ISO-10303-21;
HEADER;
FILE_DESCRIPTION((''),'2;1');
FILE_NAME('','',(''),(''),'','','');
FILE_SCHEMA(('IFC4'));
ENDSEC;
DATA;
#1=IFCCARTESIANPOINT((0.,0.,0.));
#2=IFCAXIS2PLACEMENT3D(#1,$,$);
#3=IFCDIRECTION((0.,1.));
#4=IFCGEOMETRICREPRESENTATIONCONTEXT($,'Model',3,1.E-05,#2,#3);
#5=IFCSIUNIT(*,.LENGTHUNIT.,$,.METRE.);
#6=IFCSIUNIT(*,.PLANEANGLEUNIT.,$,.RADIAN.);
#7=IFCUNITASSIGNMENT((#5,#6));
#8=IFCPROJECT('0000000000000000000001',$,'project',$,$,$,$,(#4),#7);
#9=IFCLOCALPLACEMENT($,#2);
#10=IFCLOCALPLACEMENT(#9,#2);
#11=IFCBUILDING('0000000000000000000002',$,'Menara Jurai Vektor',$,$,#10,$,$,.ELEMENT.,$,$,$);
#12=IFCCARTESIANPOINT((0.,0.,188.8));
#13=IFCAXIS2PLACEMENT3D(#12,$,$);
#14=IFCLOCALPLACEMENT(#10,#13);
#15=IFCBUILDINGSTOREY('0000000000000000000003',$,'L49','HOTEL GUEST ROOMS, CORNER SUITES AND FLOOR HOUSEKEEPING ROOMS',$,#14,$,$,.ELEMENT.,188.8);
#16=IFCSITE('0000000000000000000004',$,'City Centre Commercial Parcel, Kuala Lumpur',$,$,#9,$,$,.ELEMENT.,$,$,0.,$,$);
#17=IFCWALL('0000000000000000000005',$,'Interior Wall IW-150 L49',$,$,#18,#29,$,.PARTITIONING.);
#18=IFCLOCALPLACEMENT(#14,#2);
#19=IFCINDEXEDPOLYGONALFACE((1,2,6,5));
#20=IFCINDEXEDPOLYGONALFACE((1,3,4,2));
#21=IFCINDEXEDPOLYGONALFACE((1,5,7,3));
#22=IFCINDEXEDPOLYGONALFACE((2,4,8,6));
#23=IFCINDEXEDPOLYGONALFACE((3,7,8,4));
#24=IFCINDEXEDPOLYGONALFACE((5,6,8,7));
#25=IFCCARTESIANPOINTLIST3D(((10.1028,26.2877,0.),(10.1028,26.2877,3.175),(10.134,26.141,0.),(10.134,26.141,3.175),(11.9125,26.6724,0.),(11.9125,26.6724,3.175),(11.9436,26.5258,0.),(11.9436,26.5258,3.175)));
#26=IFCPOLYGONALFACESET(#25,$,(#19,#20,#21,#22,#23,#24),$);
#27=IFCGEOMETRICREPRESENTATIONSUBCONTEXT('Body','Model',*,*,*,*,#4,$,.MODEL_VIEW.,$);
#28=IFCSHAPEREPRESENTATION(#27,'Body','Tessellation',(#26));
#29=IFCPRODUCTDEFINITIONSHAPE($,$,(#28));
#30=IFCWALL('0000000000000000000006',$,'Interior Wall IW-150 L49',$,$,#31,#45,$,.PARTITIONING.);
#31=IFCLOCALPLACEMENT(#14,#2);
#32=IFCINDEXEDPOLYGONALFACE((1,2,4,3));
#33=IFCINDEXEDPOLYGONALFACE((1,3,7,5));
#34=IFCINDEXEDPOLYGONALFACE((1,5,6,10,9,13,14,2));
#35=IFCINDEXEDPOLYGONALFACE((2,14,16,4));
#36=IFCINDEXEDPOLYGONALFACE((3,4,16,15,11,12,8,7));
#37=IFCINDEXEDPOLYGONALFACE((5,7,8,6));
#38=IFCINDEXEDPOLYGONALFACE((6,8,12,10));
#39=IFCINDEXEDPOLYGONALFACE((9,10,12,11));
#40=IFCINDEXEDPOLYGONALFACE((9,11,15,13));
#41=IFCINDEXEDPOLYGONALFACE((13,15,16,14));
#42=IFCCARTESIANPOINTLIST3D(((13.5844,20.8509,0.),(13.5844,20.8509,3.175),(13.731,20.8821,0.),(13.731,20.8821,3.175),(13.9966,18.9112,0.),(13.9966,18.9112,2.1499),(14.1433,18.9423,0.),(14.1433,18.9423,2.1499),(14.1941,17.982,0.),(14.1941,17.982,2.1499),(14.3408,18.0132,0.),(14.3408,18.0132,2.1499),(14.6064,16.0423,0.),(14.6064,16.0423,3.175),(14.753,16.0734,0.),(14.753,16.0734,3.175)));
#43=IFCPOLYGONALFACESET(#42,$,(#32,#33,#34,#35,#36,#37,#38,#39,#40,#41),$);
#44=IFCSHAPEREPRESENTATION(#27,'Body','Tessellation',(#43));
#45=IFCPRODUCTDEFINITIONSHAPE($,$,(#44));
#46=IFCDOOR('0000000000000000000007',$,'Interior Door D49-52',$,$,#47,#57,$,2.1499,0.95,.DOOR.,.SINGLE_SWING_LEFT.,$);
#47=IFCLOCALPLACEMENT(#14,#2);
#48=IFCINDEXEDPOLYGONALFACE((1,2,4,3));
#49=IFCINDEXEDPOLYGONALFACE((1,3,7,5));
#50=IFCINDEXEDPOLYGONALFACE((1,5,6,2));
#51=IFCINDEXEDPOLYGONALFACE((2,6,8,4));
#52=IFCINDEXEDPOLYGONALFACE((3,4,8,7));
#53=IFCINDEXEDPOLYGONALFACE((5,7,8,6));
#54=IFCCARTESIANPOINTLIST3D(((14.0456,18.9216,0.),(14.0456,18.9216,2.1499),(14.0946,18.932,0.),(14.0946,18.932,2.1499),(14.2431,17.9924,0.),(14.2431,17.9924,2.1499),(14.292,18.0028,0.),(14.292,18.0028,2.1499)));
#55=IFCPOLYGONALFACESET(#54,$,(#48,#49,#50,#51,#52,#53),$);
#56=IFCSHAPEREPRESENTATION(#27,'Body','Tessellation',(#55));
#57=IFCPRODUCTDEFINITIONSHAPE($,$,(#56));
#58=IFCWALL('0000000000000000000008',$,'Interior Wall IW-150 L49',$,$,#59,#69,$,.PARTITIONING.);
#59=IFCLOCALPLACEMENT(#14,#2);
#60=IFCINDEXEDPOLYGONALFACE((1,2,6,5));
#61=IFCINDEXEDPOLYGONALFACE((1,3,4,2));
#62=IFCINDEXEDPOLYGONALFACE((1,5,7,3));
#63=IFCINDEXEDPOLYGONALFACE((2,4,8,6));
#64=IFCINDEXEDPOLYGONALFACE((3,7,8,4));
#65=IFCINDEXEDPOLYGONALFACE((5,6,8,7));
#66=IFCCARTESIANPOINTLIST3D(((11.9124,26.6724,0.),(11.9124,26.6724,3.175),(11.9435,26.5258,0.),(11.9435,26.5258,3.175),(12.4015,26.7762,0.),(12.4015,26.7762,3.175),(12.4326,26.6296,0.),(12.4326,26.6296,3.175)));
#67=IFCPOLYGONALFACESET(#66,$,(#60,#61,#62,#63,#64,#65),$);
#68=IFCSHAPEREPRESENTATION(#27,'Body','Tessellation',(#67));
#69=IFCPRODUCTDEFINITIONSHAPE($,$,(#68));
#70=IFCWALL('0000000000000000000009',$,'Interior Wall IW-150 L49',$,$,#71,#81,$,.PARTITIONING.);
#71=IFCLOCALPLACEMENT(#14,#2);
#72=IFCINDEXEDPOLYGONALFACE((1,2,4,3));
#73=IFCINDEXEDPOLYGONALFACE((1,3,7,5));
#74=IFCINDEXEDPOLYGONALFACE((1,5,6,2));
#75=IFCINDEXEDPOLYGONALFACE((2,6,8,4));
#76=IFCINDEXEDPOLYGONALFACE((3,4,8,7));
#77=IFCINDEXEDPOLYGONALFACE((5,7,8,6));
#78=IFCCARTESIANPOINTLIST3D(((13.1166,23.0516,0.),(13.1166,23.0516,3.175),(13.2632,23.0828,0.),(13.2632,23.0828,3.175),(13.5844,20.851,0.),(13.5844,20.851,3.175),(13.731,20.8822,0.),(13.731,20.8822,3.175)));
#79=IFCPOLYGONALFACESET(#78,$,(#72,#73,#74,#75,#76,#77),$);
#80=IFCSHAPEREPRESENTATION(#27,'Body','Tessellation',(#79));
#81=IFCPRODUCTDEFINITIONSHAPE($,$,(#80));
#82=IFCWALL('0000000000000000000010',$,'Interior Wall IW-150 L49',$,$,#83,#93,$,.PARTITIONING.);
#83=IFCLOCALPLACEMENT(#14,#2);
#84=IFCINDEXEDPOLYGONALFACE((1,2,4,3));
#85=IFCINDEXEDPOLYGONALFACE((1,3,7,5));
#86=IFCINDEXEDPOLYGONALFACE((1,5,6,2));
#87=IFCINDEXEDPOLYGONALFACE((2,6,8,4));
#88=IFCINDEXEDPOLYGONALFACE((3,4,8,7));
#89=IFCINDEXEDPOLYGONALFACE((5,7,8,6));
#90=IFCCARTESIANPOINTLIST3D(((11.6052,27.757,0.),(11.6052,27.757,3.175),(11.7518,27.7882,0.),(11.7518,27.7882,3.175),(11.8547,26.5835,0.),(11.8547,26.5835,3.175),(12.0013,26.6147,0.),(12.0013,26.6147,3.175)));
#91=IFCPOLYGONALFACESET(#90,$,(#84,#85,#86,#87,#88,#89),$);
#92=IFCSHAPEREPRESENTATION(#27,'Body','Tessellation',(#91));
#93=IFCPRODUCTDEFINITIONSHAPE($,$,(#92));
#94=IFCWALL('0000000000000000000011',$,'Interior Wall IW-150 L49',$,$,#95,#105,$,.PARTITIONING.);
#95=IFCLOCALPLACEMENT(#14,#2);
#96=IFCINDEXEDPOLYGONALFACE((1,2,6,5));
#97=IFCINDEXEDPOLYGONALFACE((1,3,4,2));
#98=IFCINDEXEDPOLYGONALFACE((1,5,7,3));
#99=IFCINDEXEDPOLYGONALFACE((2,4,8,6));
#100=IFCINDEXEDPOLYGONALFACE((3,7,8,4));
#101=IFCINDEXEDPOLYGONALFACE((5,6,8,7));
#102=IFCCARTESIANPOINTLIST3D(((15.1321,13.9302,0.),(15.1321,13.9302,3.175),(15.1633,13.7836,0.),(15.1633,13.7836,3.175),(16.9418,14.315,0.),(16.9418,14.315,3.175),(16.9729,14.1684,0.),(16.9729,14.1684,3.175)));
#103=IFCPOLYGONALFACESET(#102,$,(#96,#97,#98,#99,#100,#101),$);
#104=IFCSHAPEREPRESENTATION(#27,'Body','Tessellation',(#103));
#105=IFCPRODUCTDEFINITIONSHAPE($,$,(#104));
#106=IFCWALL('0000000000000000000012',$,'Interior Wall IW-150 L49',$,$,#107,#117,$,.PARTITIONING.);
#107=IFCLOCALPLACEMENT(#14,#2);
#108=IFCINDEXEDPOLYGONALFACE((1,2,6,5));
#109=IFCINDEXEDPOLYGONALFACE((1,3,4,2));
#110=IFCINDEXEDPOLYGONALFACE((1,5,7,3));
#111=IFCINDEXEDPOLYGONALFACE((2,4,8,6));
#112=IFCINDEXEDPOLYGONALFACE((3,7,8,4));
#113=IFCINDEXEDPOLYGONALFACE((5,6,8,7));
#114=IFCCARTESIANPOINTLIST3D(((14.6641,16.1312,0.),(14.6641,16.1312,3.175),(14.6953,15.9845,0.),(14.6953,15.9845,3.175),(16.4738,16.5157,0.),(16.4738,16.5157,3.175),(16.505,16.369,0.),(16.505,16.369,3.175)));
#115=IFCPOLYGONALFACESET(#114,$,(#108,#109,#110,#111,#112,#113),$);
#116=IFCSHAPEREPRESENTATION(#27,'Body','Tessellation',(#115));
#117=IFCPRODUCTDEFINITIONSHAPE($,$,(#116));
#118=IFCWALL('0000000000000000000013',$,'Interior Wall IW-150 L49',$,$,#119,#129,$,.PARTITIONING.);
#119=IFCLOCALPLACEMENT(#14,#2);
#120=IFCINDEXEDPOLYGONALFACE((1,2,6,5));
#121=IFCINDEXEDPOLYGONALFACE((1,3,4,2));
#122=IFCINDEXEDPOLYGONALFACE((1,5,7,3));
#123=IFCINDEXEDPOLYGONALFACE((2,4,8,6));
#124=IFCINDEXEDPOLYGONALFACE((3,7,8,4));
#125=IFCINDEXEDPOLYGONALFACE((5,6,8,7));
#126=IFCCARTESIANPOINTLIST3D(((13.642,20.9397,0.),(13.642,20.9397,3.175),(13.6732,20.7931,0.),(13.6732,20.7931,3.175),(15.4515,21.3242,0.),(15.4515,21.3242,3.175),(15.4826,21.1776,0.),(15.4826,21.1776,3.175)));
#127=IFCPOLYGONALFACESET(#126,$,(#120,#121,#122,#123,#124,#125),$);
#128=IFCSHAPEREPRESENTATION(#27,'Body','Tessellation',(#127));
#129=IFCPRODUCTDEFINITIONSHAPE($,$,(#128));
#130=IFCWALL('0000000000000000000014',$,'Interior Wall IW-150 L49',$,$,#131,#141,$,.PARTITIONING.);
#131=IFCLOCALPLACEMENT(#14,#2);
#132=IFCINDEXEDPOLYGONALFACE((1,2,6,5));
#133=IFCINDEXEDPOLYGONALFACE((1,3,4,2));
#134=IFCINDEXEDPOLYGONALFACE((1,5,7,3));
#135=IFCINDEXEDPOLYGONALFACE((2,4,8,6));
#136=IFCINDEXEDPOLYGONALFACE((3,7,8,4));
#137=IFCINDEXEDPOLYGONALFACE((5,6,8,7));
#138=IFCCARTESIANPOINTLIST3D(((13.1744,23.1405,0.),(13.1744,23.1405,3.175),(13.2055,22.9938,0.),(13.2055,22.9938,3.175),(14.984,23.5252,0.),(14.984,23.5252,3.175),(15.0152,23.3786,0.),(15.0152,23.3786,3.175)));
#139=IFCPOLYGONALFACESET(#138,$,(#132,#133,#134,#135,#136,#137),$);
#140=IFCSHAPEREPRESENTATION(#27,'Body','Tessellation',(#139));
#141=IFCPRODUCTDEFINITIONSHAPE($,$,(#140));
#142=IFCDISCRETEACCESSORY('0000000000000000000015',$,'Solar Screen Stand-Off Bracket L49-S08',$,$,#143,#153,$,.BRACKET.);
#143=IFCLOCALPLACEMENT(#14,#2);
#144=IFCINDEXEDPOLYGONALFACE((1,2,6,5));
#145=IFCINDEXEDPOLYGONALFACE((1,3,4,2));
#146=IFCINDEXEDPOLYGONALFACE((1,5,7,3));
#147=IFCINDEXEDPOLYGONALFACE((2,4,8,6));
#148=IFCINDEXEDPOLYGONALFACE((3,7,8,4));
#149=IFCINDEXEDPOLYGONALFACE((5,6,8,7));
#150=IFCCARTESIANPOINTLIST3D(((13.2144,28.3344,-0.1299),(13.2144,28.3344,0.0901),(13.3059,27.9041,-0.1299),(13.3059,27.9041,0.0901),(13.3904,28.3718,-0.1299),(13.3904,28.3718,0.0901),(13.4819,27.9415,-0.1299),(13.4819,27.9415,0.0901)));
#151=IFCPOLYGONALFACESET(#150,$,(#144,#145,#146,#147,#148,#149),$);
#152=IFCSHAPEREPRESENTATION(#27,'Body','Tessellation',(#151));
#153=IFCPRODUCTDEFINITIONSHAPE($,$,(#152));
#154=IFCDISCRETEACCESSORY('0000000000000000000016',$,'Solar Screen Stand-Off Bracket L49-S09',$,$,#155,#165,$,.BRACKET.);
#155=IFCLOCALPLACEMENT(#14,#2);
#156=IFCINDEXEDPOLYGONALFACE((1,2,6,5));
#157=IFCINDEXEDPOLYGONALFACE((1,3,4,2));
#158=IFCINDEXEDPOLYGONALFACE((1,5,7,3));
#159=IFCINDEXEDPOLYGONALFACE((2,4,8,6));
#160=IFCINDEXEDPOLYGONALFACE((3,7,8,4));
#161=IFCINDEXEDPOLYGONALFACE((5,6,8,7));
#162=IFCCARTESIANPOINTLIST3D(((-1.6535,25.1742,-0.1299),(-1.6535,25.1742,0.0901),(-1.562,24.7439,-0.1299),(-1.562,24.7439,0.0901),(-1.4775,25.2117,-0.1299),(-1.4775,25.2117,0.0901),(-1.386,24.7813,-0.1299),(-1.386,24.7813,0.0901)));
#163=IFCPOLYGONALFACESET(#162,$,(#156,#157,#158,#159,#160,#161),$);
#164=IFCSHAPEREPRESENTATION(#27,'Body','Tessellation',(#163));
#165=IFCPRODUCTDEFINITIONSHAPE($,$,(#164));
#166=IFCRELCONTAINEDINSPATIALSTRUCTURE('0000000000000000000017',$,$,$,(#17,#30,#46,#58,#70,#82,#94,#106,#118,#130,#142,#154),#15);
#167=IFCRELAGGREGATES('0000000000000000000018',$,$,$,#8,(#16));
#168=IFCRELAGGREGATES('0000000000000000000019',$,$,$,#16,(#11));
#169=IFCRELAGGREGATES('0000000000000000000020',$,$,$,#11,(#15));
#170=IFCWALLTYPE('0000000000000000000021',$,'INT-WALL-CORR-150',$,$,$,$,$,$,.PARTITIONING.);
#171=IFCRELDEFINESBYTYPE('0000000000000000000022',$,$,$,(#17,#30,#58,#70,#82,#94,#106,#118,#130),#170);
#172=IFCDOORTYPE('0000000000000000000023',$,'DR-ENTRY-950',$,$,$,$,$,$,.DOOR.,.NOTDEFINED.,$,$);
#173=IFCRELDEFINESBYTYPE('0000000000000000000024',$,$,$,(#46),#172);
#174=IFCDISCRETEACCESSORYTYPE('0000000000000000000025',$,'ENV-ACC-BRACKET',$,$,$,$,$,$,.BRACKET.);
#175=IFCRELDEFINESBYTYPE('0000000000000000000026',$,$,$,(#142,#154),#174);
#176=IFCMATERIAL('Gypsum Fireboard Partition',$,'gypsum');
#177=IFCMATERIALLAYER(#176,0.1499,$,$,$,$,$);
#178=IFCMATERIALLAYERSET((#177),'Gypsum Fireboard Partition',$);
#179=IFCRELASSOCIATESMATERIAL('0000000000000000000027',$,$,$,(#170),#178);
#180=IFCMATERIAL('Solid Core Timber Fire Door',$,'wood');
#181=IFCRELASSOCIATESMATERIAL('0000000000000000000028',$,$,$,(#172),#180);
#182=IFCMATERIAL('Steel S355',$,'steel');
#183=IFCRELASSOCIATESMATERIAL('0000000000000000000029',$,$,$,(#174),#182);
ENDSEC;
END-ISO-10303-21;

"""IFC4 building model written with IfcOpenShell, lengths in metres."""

from ifc_helpers import new_model, si_unit, direction, frame, frame_2d, origin, origin_2d, place, context, subcontext, project, spatial, rectangle, extrude, material, layer, layer_set, type_object, element, fill, save


model = new_model("IFC4")

# Units and contexts
model_context = context("Model", 3, precision=1e-05, world=origin(), true_north=direction((0.0, 1.0)))
body_context = subcontext(model_context, "Body", "Model", "MODEL_VIEW")
ifc_project = project(units=[si_unit("LENGTHUNIT", "METRE"), si_unit("PLANEANGLEUNIT", "RADIAN")], contexts=[model_context])

# Site, building, storey
site_placement = place(None, origin())
site = spatial("IfcSite", under=ifc_project, at=site_placement, Name="City Centre Commercial Parcel, Kuala Lumpur", CompositionType="ELEMENT", RefElevation=0.0)
building_placement = place(site_placement, origin())
building = spatial("IfcBuilding", under=site, at=building_placement, Name="Menara Jurai Vektor", CompositionType="ELEMENT")
storey_placement = place(building_placement, frame((0.0, 0.0, 188.8)))
storey = spatial("IfcBuildingStorey", under=building, at=storey_placement, Name="L49", Description="HOTEL GUEST ROOMS, CORNER SUITES AND FLOOR HOUSEKEEPING ROOMS", CompositionType="ELEMENT", Elevation=188.8)

# Shared definitions
ifc_material_1 = material(Name="Steel S355", Category="steel")

# Wall
ifc_material_2 = material(Name="Gypsum Fireboard Partition", Category="gypsum")
ifc_layer_1 = layer(ifc_material_2, 0.1499)
ifc_layer_set_1 = layer_set([ifc_layer_1], Name="Gypsum Fireboard Partition")
wall_type = type_object("IfcWallType", Name="INT-WALL-CORR-150", PredefinedType="PARTITIONING", material=ifc_layer_set_1)
wall_1_placement = place(storey_placement, frame((10.1184, 26.2144, 0.0), z_axis=(0.0, 0.0, 1.0), x_axis=(0.978133, 0.207979, 0.0)))
element("IfcWall", 1, at=wall_1_placement, inside=storey, type_object=wall_type, Name="Interior Wall IW-150 L49", PredefinedType="PARTITIONING", context=body_context, shape_type="SweptSolid", body=[
    extrude(rectangle(XDim=1.8501, YDim=0.1499, at=frame_2d((0.925, 0.0))), origin(), (0.0, 0.0, 1.0), 3.175),
])

# Wall, opening, door
wall_2_placement = place(storey_placement, frame((14.6797, 16.0579, 0.0), z_axis=(0.0, 0.0, 1.0), x_axis=(-0.207887, 0.978153, 0.0)))
wall_2 = element("IfcWall", 2, at=wall_2_placement, inside=storey, type_object=wall_type, Name="Interior Wall IW-150 L49", PredefinedType="PARTITIONING", context=body_context, shape_type="SweptSolid", body=[
    extrude(rectangle(XDim=4.916, YDim=0.1499, at=frame_2d((2.458, 0.0))), origin(), (0.0, 0.0, 1.0), 3.175),
])
opening_1_placement = place(wall_2_placement, frame((1.9829, 0.0, 0.0)))
opening_1 = element("IfcOpeningElement", 3, at=opening_1_placement, cuts=wall_2, PredefinedType="OPENING", context=body_context, shape_type="SweptSolid", body=[
    extrude(rectangle(XDim=0.95, YDim=2.1499, at=frame_2d((0.4751, 1.075))), frame((0.0, 0.085, 0.0), z_axis=(0.0, -1.0, 0.0), x_axis=(1.0, 0.0, 0.0)), (0.0, 0.0, 1.0), 0.1699),
])
ifc_material_3 = material(Name="Solid Core Timber Fire Door", Category="wood")
door_type = type_object("IfcDoorType", Name="DR-ENTRY-950", OperationType="NOTDEFINED", PredefinedType="DOOR", material=ifc_material_3)
door_1_placement = place(opening_1_placement, origin())
door_1 = element("IfcDoor", 4, at=door_1_placement, inside=storey, type_object=door_type, Name="Interior Door D49-52", OperationType="SINGLE_SWING_LEFT", OverallHeight=2.1499, OverallWidth=0.95, PredefinedType="DOOR", context=body_context, shape_type="SweptSolid", body=[
    extrude(rectangle(XDim=0.95, YDim=2.1499, at=frame_2d((0.4751, 1.075))), frame((0.0, 0.0249, 0.0), z_axis=(0.0, -1.0, 0.0), x_axis=(1.0, 0.0, 0.0)), (0.0, 0.0, 1.0), 0.05),
])
fill(opening_1, door_1)

# Wall
wall_3_placement = place(storey_placement, frame((11.928, 26.5991, 0.0), z_axis=(0.0, 0.0, 1.0), x_axis=(0.978222, 0.207561, 0.0)))
element("IfcWall", 5, at=wall_3_placement, inside=storey, type_object=wall_type, Name="Interior Wall IW-150 L49", PredefinedType="PARTITIONING", context=body_context, shape_type="SweptSolid", body=[
    extrude(rectangle(XDim=0.5, YDim=0.1499, at=frame_2d((0.25, 0.0))), origin(), (0.0, 0.0, 1.0), 3.175),
])

# Walls
wall_4_placement = place(storey_placement, frame((13.6577, 20.8665, 0.0), z_axis=(0.0, 0.0, 1.0), x_axis=(-0.207913, 0.978147, 0.0)))
element("IfcWall", 6, at=wall_4_placement, inside=storey, type_object=wall_type, Name="Interior Wall IW-150 L49", PredefinedType="PARTITIONING", context=body_context, shape_type="SweptSolid", body=[
    extrude(rectangle(XDim=2.2498, YDim=0.1499, at=frame_2d((1.125, 0.0))), origin(), (0.0, 0.0, 1.0), 3.175),
])
wall_5_placement = place(storey_placement, frame((11.928, 26.5991, 0.0), z_axis=(0.0, 0.0, 1.0), x_axis=(-0.207959, 0.978138, 0.0)))
element("IfcWall", 7, at=wall_5_placement, inside=storey, type_object=wall_type, Name="Interior Wall IW-150 L49", PredefinedType="PARTITIONING", context=body_context, shape_type="SweptSolid", body=[
    extrude(rectangle(XDim=1.1997, YDim=0.1499, at=frame_2d((0.5999, 0.0))), origin(), (0.0, 0.0, 1.0), 3.175),
])
for number, where, z_axis, x_axis, name in (
    (8, (15.1477, 13.8569, 0.0), (0.0, 0.0, 1.0), (0.978133, 0.207979, 0.0), "Interior Wall IW-150 L49"),
    (9, (14.6797, 16.0579, 0.0), (0.0, 0.0, 1.0), (0.978166, 0.207826, 0.0), "Interior Wall IW-150 L49"),
):
    element("IfcWall", number, at=place(storey_placement, frame(where, z_axis=z_axis, x_axis=x_axis)), inside=storey, type_object=wall_type, Name=name, PredefinedType="PARTITIONING", context=body_context, shape_type="SweptSolid", body=[
        extrude(rectangle(XDim=1.8501, YDim=0.1499, at=frame_2d((0.925, 0.0))), origin(), (0.0, 0.0, 1.0), 3.175),
    ])
wall_6_placement = place(storey_placement, frame((13.6577, 20.8665, 0.0), z_axis=(0.0, 0.0, 1.0), x_axis=(0.97816, 0.207852, 0.0)))
element("IfcWall", 10, at=wall_6_placement, inside=storey, type_object=wall_type, Name="Interior Wall IW-150 L49", PredefinedType="PARTITIONING", context=body_context, shape_type="SweptSolid", body=[
    extrude(rectangle(XDim=1.8499, YDim=0.1499, at=frame_2d((0.9248, 0.0))), origin(), (0.0, 0.0, 1.0), 3.175),
])
wall_7_placement = place(storey_placement, frame((13.1899, 23.0671, 0.0), z_axis=(0.0, 0.0, 1.0), x_axis=(0.978133, 0.207979, 0.0)))
element("IfcWall", 11, at=wall_7_placement, inside=storey, type_object=wall_type, Name="Interior Wall IW-150 L49", PredefinedType="PARTITIONING", context=body_context, shape_type="SweptSolid", body=[
    extrude(rectangle(XDim=1.8501, YDim=0.1499, at=frame_2d((0.925, 0.0))), origin(), (0.0, 0.0, 1.0), 3.175),
])

# Discrete accessories
discrete_accessory_type = type_object("IfcDiscreteAccessoryType", Name="ENV-ACC-BRACKET", PredefinedType="BRACKET", material=ifc_material_1)
for number, where, z_axis, x_axis, name in (
    (12, (13.3481, 28.1379, -0.1299), (0.0, 0.0, 1.0), (-0.978148, -0.207912, 0.0), "Solar Screen Stand-Off Bracket L49-S08"),
    (13, (-1.5198, 24.9778, -0.1299), (0.0, 0.0, 1.0), (-0.978148, -0.207912, 0.0), "Solar Screen Stand-Off Bracket L49-S09"),
):
    element("IfcDiscreteAccessory", number, at=place(storey_placement, frame(where, z_axis=z_axis, x_axis=x_axis)), inside=storey, type_object=discrete_accessory_type, Name=name, PredefinedType="BRACKET", context=body_context, shape_type="SweptSolid", body=[
        extrude(rectangle(XDim=0.1799, YDim=0.4399, at=origin_2d()), origin(), (0.0, 0.0, 1.0), 0.22),
    ])

save(model, "model.ifc")
